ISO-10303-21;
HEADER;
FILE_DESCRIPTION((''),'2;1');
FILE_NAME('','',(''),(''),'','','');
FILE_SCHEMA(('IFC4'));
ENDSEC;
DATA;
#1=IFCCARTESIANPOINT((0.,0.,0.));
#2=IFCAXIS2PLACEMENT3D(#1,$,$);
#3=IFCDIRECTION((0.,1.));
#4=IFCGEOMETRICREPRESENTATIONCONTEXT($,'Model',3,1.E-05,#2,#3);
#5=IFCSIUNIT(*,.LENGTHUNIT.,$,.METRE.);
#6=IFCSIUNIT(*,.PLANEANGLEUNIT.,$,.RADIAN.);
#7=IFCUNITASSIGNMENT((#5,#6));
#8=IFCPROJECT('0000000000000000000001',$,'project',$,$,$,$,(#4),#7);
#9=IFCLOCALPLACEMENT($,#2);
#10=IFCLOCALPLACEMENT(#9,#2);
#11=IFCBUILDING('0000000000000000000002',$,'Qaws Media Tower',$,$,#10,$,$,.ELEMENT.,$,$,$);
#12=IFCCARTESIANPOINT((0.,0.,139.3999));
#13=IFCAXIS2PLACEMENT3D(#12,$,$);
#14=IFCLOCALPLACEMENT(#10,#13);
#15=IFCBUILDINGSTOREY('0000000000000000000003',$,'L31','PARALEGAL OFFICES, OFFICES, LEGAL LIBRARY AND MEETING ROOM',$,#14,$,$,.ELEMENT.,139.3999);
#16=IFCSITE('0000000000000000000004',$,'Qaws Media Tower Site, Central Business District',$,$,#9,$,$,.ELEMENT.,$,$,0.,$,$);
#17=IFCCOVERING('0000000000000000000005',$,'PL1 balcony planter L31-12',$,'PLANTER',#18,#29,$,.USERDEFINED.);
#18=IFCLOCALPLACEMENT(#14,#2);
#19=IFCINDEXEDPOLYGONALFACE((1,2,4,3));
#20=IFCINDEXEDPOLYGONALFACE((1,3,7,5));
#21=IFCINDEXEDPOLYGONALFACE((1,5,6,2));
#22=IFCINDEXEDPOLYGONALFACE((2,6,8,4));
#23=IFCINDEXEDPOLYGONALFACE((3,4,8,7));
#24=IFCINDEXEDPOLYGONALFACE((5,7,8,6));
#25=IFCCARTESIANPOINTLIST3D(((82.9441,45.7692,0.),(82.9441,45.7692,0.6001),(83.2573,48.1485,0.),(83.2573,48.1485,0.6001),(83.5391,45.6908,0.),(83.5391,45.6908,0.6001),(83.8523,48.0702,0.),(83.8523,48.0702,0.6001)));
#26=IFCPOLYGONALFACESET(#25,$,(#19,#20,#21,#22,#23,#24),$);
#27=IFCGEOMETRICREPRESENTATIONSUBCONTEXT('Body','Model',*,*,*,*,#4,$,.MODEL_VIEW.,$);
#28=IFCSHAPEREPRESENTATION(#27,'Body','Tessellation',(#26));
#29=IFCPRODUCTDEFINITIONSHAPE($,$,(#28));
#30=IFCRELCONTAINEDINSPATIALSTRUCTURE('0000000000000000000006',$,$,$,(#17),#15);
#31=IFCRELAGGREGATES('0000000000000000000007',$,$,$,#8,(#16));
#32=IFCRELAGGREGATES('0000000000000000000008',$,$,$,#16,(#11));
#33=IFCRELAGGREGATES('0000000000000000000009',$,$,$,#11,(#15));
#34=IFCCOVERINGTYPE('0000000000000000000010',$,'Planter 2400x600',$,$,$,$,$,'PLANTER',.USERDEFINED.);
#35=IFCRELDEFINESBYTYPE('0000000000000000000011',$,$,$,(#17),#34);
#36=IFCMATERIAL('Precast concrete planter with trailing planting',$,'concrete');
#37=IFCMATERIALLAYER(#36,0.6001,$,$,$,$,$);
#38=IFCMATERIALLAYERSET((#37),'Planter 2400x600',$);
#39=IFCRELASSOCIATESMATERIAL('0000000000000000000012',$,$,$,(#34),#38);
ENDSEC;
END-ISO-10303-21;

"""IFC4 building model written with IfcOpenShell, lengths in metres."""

from ifc_helpers import new_model, si_unit, direction, frame, origin, origin_2d, place, context, subcontext, project, spatial, rectangle, extrude, material, layer, layer_set, type_object, element, save


model = new_model("IFC4")

# Units and contexts
model_context = context("Model", 3, precision=1e-05, world=origin(), true_north=direction((0.0, 1.0)))
body_context = subcontext(model_context, "Body", "Model", "MODEL_VIEW")
ifc_project = project(units=[si_unit("LENGTHUNIT", "METRE"), si_unit("PLANEANGLEUNIT", "RADIAN")], contexts=[model_context])

# Site, building, storey
site_placement = place(None, origin())
site = spatial("IfcSite", under=ifc_project, at=site_placement, Name="Qaws Media Tower Site, Central Business District", CompositionType="ELEMENT", RefElevation=0.0)
building_placement = place(site_placement, origin())
building = spatial("IfcBuilding", under=site, at=building_placement, Name="Qaws Media Tower", CompositionType="ELEMENT")
storey_placement = place(building_placement, frame((0.0, 0.0, 139.3999)))
storey = spatial("IfcBuildingStorey", under=building, at=storey_placement, Name="L31", Description="PARALEGAL OFFICES, OFFICES, LEGAL LIBRARY AND MEETING ROOM", CompositionType="ELEMENT", Elevation=139.3999)

# Covering
ifc_material_1 = material(Name="Precast concrete planter with trailing planting", Category="concrete")
ifc_layer_1 = layer(ifc_material_1, 0.6001)
ifc_layer_set_1 = layer_set([ifc_layer_1], Name="Planter 2400x600")
covering_type = type_object("IfcCoveringType", Name="Planter 2400x600", ElementType="PLANTER", PredefinedType="USERDEFINED", material=ifc_layer_set_1)
covering_placement = place(storey_placement, frame((83.3982, 46.9197, 0.0), z_axis=(0.0, 0.0, 1.0), x_axis=(0.130526, 0.991445, 0.0)))
element("IfcCovering", 1, at=covering_placement, inside=storey, type_object=covering_type, Name="PL1 balcony planter L31-12", ObjectType="PLANTER", PredefinedType="USERDEFINED", context=body_context, shape_type="SweptSolid", body=[
    extrude(rectangle(XDim=2.3999, YDim=0.6001, at=origin_2d()), origin(), (0.0, 0.0, 1.0), 0.6001),
])

save(model, "model.ifc")
